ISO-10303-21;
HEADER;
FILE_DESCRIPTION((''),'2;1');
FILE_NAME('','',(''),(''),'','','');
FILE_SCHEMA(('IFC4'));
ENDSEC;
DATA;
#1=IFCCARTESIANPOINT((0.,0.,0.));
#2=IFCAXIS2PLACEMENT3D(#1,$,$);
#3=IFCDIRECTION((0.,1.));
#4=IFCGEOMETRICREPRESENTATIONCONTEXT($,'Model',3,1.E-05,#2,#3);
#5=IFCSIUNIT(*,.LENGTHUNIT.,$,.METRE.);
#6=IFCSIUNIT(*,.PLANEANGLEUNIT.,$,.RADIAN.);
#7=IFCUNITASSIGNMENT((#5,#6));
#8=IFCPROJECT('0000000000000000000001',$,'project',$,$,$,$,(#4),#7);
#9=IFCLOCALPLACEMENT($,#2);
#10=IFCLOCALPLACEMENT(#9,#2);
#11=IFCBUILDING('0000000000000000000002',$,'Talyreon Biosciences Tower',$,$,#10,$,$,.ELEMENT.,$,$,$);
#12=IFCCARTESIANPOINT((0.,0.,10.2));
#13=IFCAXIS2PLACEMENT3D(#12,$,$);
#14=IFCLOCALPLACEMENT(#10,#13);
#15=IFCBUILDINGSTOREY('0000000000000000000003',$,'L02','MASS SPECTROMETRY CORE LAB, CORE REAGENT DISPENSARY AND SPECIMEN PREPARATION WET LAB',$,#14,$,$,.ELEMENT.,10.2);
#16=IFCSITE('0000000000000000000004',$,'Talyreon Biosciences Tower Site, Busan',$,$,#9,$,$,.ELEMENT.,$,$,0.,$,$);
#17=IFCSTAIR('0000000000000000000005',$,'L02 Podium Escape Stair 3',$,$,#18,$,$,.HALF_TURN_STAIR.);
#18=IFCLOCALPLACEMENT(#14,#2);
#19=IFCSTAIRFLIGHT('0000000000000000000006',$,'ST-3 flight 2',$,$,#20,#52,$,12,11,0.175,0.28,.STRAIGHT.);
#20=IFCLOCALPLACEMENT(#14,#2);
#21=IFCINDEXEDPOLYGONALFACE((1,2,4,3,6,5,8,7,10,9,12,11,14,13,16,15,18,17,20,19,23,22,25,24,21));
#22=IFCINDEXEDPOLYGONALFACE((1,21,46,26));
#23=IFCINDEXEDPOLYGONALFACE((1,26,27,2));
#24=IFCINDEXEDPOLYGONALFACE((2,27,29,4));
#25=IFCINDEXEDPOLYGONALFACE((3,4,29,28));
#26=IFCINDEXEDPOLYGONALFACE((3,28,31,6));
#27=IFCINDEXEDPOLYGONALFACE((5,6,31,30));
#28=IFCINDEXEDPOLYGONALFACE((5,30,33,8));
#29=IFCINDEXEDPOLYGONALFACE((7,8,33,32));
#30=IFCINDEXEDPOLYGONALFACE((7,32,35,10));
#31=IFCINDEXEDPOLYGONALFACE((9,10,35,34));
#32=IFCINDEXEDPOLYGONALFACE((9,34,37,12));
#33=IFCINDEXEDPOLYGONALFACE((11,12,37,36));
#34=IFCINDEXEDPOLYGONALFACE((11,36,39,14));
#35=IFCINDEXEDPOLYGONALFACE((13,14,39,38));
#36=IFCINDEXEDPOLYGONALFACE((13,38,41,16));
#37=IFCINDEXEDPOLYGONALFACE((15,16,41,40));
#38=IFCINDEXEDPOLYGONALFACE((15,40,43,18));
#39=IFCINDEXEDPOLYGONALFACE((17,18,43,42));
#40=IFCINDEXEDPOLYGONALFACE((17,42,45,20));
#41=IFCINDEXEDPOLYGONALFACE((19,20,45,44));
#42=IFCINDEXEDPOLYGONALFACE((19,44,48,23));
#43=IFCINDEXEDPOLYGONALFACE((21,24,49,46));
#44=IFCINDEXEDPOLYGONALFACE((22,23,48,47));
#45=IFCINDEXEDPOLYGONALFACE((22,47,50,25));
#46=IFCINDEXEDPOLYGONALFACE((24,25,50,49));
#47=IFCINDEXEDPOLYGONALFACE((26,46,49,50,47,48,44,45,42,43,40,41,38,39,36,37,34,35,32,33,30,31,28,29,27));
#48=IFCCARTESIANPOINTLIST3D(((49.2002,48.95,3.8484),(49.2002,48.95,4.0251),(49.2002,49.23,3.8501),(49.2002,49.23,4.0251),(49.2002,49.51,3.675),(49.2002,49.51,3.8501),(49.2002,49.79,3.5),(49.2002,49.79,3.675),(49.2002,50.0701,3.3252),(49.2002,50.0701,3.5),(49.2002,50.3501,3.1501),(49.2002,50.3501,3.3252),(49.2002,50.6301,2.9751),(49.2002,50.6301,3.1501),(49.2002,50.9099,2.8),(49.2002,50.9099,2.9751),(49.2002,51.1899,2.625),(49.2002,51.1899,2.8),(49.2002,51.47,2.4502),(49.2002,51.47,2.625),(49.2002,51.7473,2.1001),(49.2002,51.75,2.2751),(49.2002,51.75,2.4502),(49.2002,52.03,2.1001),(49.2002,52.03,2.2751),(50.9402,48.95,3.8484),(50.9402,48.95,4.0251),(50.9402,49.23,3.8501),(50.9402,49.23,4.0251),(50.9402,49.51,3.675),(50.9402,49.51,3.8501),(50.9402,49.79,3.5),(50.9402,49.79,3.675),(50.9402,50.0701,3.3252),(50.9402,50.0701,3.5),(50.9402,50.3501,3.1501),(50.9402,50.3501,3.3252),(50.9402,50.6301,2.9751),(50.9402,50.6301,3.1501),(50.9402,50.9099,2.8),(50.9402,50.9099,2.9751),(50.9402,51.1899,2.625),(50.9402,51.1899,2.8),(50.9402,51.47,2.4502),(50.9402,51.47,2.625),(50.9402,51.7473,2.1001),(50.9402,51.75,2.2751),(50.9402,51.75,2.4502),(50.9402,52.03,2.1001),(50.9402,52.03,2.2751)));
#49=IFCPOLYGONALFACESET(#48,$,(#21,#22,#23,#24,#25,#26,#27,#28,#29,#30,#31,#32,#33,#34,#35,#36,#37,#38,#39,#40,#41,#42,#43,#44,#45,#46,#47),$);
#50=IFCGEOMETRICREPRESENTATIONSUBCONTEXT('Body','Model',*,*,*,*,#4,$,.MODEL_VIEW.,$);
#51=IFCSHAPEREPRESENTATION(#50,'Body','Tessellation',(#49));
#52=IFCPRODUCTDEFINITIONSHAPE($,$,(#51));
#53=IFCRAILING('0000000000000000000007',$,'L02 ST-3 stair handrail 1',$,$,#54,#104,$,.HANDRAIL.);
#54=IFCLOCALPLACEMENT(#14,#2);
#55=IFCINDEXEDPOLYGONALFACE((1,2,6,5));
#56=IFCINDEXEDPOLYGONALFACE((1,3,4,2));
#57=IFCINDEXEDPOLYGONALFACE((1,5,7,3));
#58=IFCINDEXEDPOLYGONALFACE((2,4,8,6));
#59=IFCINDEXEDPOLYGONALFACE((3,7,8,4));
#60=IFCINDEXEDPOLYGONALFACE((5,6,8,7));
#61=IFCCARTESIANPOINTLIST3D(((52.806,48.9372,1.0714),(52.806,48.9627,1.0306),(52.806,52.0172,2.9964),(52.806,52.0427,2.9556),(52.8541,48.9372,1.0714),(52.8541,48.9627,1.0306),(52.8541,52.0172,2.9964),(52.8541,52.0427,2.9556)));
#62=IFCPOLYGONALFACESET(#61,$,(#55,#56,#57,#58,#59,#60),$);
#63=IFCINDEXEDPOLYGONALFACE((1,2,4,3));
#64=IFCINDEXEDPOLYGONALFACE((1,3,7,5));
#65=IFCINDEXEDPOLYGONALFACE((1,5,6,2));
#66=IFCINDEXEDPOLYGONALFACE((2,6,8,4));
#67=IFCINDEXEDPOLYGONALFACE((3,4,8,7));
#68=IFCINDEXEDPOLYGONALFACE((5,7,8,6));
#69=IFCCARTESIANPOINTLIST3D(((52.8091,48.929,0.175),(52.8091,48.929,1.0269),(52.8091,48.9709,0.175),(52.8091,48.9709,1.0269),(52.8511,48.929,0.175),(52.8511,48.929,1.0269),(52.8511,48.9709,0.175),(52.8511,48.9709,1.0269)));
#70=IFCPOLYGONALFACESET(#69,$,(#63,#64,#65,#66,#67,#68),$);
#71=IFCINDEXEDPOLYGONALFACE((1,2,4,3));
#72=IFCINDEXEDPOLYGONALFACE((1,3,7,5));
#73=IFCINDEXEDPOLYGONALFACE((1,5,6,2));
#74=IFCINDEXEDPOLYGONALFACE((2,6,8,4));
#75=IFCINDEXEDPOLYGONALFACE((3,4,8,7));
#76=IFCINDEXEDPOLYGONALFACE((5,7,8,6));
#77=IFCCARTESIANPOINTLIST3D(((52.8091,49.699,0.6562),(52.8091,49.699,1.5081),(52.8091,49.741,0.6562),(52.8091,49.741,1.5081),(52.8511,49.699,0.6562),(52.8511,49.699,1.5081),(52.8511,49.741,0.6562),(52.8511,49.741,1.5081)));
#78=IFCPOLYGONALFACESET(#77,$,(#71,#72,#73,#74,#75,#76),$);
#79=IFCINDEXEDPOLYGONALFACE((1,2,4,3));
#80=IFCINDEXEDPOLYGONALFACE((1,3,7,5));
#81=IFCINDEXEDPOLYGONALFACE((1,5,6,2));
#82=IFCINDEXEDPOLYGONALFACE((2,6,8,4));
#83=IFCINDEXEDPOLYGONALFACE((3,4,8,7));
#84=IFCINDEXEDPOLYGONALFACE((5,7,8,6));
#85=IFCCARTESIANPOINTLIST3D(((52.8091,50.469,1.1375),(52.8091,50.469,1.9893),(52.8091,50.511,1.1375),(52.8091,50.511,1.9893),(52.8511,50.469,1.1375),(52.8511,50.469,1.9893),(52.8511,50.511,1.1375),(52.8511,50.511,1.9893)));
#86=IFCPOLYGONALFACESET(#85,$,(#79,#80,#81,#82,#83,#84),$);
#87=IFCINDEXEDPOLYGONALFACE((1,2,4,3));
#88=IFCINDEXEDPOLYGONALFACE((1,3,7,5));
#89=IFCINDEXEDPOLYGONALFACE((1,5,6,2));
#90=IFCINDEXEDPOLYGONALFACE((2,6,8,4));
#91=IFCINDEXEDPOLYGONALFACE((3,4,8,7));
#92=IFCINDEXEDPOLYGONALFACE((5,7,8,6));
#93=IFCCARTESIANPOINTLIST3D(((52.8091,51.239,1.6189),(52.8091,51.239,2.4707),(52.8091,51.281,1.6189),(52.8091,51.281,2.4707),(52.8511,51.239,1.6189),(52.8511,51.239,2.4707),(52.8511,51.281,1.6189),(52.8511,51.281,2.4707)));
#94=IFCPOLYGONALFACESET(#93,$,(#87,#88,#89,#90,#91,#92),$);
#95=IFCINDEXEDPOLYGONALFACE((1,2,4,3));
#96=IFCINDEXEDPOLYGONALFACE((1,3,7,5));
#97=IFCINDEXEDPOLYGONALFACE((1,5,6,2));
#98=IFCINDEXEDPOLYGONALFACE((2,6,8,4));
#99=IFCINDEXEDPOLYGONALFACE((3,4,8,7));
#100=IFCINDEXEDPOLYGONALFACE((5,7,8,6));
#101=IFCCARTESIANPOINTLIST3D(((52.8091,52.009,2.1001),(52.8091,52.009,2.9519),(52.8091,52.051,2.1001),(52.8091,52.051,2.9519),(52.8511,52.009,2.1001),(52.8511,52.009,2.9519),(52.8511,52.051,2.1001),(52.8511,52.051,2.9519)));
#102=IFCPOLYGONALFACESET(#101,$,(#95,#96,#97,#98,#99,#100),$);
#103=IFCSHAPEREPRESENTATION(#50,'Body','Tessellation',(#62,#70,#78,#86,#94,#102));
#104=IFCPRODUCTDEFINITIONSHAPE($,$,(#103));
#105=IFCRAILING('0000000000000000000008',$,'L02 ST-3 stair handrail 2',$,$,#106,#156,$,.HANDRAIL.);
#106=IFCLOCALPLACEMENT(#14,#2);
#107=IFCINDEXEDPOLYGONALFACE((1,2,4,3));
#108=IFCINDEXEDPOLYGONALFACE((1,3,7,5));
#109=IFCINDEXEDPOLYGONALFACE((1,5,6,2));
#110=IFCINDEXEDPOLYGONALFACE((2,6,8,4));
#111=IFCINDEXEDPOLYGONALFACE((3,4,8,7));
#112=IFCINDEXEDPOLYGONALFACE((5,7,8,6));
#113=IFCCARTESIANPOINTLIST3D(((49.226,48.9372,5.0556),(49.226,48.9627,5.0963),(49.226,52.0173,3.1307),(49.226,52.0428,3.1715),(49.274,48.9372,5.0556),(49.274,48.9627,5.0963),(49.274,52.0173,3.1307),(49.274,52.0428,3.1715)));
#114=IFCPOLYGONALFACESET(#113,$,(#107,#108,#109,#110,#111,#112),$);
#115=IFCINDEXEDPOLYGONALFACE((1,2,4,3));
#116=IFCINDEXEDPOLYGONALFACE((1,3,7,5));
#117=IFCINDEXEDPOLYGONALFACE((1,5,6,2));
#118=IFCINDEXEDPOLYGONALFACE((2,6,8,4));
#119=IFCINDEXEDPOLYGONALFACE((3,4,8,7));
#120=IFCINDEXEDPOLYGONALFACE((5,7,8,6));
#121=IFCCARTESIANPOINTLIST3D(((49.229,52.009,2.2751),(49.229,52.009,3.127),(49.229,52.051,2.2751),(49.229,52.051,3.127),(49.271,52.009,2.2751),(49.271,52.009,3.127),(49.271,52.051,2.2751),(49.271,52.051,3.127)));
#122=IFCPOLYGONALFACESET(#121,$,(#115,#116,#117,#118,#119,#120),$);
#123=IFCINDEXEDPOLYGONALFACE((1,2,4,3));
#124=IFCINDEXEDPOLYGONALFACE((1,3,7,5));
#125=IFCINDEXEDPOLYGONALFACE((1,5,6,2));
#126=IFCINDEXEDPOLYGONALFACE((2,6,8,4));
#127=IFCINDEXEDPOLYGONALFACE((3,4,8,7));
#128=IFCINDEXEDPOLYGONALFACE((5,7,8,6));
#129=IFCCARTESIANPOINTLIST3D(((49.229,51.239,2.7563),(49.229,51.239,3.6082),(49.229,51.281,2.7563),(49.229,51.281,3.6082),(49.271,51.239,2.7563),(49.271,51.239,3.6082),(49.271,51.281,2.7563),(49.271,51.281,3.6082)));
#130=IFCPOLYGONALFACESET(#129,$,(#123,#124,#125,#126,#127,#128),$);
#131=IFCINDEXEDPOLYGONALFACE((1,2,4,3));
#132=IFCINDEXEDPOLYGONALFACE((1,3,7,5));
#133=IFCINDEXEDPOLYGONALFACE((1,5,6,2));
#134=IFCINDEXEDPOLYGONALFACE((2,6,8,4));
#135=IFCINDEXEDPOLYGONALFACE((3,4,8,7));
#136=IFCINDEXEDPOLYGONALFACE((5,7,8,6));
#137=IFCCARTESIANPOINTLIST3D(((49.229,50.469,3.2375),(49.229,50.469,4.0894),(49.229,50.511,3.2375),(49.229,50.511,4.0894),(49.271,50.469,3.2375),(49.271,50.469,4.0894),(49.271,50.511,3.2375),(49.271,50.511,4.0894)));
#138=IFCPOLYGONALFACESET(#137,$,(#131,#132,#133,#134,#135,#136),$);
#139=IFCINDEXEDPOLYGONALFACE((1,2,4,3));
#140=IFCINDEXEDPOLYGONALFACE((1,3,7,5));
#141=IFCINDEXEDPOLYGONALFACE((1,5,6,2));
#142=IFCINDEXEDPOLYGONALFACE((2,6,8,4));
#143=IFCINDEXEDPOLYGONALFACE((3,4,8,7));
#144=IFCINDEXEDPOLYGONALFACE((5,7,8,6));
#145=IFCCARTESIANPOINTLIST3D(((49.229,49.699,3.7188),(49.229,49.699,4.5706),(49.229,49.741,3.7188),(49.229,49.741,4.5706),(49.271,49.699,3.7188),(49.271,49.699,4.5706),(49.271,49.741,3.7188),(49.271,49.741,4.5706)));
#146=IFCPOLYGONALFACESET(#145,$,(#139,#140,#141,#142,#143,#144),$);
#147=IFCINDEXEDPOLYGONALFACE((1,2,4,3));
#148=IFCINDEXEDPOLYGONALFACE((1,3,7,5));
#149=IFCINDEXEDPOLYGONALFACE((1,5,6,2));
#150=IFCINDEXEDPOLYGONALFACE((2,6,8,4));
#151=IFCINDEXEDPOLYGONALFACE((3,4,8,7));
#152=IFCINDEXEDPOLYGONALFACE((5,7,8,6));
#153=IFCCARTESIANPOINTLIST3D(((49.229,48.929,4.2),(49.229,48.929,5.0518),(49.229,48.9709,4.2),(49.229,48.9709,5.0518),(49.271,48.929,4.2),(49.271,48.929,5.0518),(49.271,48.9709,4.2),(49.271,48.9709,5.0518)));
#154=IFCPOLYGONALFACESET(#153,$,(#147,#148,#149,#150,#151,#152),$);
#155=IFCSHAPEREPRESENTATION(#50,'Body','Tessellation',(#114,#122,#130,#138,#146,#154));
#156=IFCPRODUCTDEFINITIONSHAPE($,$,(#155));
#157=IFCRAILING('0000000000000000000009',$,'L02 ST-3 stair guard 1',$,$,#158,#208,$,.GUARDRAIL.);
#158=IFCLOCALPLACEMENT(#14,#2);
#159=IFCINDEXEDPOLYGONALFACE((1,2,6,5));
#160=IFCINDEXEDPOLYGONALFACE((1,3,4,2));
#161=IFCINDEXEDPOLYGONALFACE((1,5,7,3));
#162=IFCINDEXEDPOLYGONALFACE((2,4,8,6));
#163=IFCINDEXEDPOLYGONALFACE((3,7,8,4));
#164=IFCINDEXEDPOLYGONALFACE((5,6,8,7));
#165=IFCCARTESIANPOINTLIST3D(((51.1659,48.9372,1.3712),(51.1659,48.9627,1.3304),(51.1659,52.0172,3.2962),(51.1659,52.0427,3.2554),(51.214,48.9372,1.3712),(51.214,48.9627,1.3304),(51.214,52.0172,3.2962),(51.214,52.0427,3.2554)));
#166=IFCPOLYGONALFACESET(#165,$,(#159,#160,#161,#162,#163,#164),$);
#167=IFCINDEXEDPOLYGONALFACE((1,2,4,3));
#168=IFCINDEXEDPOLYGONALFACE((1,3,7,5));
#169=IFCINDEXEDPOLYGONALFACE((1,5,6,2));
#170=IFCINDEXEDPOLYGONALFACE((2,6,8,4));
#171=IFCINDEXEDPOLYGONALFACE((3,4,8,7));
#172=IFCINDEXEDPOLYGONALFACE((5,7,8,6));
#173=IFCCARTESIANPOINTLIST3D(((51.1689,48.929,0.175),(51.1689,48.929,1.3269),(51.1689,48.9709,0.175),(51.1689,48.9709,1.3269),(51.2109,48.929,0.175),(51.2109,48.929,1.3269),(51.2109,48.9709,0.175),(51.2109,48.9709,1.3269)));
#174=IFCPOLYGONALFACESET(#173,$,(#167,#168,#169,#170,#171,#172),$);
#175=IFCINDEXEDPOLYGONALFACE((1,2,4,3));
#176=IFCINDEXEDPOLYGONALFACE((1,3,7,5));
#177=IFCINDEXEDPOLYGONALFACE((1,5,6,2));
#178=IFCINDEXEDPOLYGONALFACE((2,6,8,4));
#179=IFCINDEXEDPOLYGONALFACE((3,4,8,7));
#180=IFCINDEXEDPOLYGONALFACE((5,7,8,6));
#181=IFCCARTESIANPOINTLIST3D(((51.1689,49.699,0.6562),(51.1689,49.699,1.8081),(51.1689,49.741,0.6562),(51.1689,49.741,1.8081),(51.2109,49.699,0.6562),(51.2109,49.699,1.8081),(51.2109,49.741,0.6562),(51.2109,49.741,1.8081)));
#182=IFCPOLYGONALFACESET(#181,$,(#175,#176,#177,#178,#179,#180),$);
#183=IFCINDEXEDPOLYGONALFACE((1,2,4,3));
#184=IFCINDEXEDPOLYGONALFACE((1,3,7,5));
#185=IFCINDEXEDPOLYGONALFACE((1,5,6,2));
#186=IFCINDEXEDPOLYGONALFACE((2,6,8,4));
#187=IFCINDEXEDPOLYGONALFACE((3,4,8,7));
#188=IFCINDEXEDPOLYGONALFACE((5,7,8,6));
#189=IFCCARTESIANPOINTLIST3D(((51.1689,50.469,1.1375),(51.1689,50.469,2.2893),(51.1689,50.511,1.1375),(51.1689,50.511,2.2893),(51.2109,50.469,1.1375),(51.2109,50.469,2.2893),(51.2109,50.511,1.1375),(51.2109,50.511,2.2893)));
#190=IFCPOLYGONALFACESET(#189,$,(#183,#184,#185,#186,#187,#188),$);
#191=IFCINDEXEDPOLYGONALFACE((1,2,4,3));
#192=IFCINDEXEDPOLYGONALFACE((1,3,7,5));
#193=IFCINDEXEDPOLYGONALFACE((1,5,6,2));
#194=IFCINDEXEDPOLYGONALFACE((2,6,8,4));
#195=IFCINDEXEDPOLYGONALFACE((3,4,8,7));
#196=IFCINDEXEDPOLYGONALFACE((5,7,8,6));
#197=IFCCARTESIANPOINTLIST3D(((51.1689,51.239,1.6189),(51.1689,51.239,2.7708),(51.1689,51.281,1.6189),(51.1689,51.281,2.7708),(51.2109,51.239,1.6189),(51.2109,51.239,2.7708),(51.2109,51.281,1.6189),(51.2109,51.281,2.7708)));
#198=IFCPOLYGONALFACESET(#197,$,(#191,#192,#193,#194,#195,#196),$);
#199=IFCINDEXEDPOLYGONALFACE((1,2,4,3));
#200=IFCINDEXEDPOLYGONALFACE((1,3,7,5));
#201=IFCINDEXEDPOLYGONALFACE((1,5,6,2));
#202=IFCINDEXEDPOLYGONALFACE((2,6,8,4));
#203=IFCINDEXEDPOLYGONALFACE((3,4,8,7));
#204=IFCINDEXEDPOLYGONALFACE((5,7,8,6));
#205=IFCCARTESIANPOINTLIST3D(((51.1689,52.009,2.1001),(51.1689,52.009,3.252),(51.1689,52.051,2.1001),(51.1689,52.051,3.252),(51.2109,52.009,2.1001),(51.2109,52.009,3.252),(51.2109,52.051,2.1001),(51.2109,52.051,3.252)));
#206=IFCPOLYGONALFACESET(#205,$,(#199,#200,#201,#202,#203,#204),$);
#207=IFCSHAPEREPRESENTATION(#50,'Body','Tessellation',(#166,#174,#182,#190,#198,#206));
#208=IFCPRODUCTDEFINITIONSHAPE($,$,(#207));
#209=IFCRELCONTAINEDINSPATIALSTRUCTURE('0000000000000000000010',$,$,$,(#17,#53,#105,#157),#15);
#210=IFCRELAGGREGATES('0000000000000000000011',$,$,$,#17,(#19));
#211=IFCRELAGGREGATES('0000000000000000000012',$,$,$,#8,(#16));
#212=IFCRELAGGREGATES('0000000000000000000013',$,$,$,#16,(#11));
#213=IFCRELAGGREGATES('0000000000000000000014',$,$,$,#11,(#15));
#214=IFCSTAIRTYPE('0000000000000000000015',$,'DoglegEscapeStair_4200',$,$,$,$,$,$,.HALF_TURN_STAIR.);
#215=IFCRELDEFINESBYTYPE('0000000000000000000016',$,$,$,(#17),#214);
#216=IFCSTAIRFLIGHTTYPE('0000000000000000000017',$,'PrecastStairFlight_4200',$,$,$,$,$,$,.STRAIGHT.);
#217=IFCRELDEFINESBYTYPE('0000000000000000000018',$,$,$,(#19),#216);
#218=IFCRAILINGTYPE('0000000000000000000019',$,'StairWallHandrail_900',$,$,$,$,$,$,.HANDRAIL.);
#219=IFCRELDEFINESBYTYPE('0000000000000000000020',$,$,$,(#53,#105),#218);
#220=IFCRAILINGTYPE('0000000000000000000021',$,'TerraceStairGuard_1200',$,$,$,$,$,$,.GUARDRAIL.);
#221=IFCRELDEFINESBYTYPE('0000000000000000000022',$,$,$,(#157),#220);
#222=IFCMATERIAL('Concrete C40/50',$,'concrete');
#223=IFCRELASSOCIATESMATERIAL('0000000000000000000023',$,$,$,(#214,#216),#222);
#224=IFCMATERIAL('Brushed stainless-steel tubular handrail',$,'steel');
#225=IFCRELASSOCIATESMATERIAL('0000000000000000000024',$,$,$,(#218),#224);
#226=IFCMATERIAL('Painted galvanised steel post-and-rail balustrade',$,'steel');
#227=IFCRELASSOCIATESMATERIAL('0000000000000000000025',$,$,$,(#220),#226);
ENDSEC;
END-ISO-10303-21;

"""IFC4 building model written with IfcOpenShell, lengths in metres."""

from ifc_helpers import new_model, si_unit, direction, frame, origin, origin_2d, place, context, subcontext, project, spatial, polyline, rectangle, outline, extrude, material, type_object, element, aggregate, save


model = new_model("IFC4")

# Units and contexts
model_context = context("Model", 3, precision=1e-05, world=origin(), true_north=direction((0.0, 1.0)))
body_context = subcontext(model_context, "Body", "Model", "MODEL_VIEW")
ifc_project = project(units=[si_unit("LENGTHUNIT", "METRE"), si_unit("PLANEANGLEUNIT", "RADIAN")], contexts=[model_context])

# Site, building, storey
site_placement = place(None, origin())
site = spatial("IfcSite", under=ifc_project, at=site_placement, Name="Talyreon Biosciences Tower Site, Busan", CompositionType="ELEMENT", RefElevation=0.0)
building_placement = place(site_placement, origin())
building = spatial("IfcBuilding", under=site, at=building_placement, Name="Talyreon Biosciences Tower", CompositionType="ELEMENT")
storey_placement = place(building_placement, frame((0.0, 0.0, 10.2)))
storey = spatial("IfcBuildingStorey", under=building, at=storey_placement, Name="L02", Description="MASS SPECTROMETRY CORE LAB, CORE REAGENT DISPENSARY AND SPECIMEN PREPARATION WET LAB", CompositionType="ELEMENT", Elevation=10.2)

# Shared definitions
ifc_material_1 = material(Name="Concrete C40/50", Category="concrete")

# Stair, stair flight
stair_type = type_object("IfcStairType", Name="DoglegEscapeStair_4200", PredefinedType="HALF_TURN_STAIR", material=ifc_material_1)
stair_placement = place(storey_placement, origin())
stair = element("IfcStair", 1, at=stair_placement, inside=storey, type_object=stair_type, Name="L02 Podium Escape Stair 3", PredefinedType="HALF_TURN_STAIR")
stair_flight_type = type_object("IfcStairFlightType", Name="PrecastStairFlight_4200", PredefinedType="STRAIGHT", material=ifc_material_1)
stair_flight_1_placement = place(storey_placement, frame((50.0701, 52.03, 2.1001), z_axis=(0.0, 0.0, 1.0), x_axis=(0.0, -1.0, 0.0)))
stair_flight_1 = element("IfcStairFlight", 2, at=stair_flight_1_placement, type_object=stair_flight_type, Name="ST-3 flight 2", NumberOfRisers=12, NumberOfTreads=11, PredefinedType="STRAIGHT", RiserHeight=0.175, TreadLength=0.28, context=body_context, shape_type="SweptSolid", body=[
    extrude(outline(polyline([(0.0, 0.0), (0.0, 0.175), (0.28, 0.175), (0.28, 0.3501), (0.5601, 0.3501), (0.5601, 0.5249), (0.8401, 0.5249), (0.8401, 0.7), (1.1201, 0.7), (1.1201, 0.875), (1.3999, 0.875), (1.3999, 1.05), (1.6799, 1.05), (1.6799, 1.2251), (1.96, 1.2251), (1.96, 1.3999), (2.24, 1.3999), (2.24, 1.575), (2.52, 1.575), (2.52, 1.75), (2.8, 1.75), (2.8, 1.925), (3.0801, 1.925), (3.0801, 2.1001), (3.0801, 1.7483), (0.2827, 0.0), (0.0, 0.0)])), frame((0.0, 0.8701, 0.0), z_axis=(0.0, -1.0, 0.0), x_axis=(1.0, 0.0, 0.0)), (0.0, 0.0, 1.0), 1.74),
])
aggregate(stair, [stair_flight_1])

# Railings
ifc_material_2 = material(Name="Brushed stainless-steel tubular handrail", Category="steel")
railing_type_1 = type_object("IfcRailingType", Name="StairWallHandrail_900", PredefinedType="HANDRAIL", material=ifc_material_2)
railing_1_placement = place(storey_placement, frame((52.8301, 48.95, 0.175)))
element("IfcRailing", 3, at=railing_1_placement, inside=storey, type_object=railing_type_1, Name="L02 ST-3 stair handrail 1", PredefinedType="HANDRAIL", context=body_context, shape_type="SweptSolid", body=[
    extrude(rectangle(XDim=0.0481, YDim=0.0481, at=origin_2d()), frame((0.0, 0.0, 0.876), z_axis=(0.0, 0.847998, 0.529999), x_axis=(-1.0, 0.0, 0.0)), (0.0, 0.0, 1.0), 3.6321),
    extrude(rectangle(XDim=0.042, YDim=0.042, at=origin_2d()), origin(), (0.0, 0.0, 1.0), 0.8518),
    extrude(rectangle(XDim=0.042, YDim=0.042, at=origin_2d()), frame((0.0, 0.77, 0.4812)), (0.0, 0.0, 1.0), 0.8518),
    extrude(rectangle(XDim=0.042, YDim=0.042, at=origin_2d()), frame((0.0, 1.54, 0.9624)), (0.0, 0.0, 1.0), 0.8518),
    extrude(rectangle(XDim=0.042, YDim=0.042, at=origin_2d()), frame((0.0, 2.3101, 1.4438)), (0.0, 0.0, 1.0), 0.8518),
    extrude(rectangle(XDim=0.042, YDim=0.042, at=origin_2d()), frame((0.0, 3.0801, 1.925)), (0.0, 0.0, 1.0), 0.8518),
])
railing_2_placement = place(storey_placement, frame((49.25, 52.03, 2.2751)))
element("IfcRailing", 4, at=railing_2_placement, inside=storey, type_object=railing_type_1, Name="L02 ST-3 stair handrail 2", PredefinedType="HANDRAIL", context=body_context, shape_type="SweptSolid", body=[
    extrude(rectangle(XDim=0.0481, YDim=0.0481, at=origin_2d()), frame((0.0, 0.0, 0.876), z_axis=(0.0, -0.848029, 0.529951), x_axis=(1.0, 0.0, 0.0)), (0.0, 0.0, 1.0), 3.6321),
    extrude(rectangle(XDim=0.042, YDim=0.042, at=origin_2d()), origin(), (0.0, 0.0, 1.0), 0.8518),
    extrude(rectangle(XDim=0.042, YDim=0.042, at=origin_2d()), frame((0.0, -0.77, 0.4812)), (0.0, 0.0, 1.0), 0.8518),
    extrude(rectangle(XDim=0.042, YDim=0.042, at=origin_2d()), frame((0.0, -1.54, 0.9624)), (0.0, 0.0, 1.0), 0.8518),
    extrude(rectangle(XDim=0.042, YDim=0.042, at=origin_2d()), frame((0.0, -2.3101, 1.4436)), (0.0, 0.0, 1.0), 0.8518),
    extrude(rectangle(XDim=0.042, YDim=0.042, at=origin_2d()), frame((0.0, -3.0801, 1.9248)), (0.0, 0.0, 1.0), 0.8518),
])
ifc_material_3 = material(Name="Painted galvanised steel post-and-rail balustrade", Category="steel")
railing_type_2 = type_object("IfcRailingType", Name="TerraceStairGuard_1200", PredefinedType="GUARDRAIL", material=ifc_material_3)
railing_3_placement = place(storey_placement, frame((51.1899, 48.95, 0.175)))
element("IfcRailing", 5, at=railing_3_placement, inside=storey, type_object=railing_type_2, Name="L02 ST-3 stair guard 1", PredefinedType="GUARDRAIL", context=body_context, shape_type="SweptSolid", body=[
    extrude(rectangle(XDim=0.0481, YDim=0.0481, at=origin_2d()), frame((0.0, 0.0, 1.1758), z_axis=(0.0, 0.847998, 0.529999), x_axis=(-1.0, 0.0, 0.0)), (0.0, 0.0, 1.0), 3.6321),
    extrude(rectangle(XDim=0.042, YDim=0.042, at=origin_2d()), origin(), (0.0, 0.0, 1.0), 1.1519),
    extrude(rectangle(XDim=0.042, YDim=0.042, at=origin_2d()), frame((0.0, 0.77, 0.4812)), (0.0, 0.0, 1.0), 1.1519),
    extrude(rectangle(XDim=0.042, YDim=0.042, at=origin_2d()), frame((0.0, 1.54, 0.9624)), (0.0, 0.0, 1.0), 1.1519),
    extrude(rectangle(XDim=0.042, YDim=0.042, at=origin_2d()), frame((0.0, 2.3101, 1.4438)), (0.0, 0.0, 1.0), 1.1519),
    extrude(rectangle(XDim=0.042, YDim=0.042, at=origin_2d()), frame((0.0, 3.0801, 1.925)), (0.0, 0.0, 1.0), 1.1519),
])

save(model, "model.ifc")
